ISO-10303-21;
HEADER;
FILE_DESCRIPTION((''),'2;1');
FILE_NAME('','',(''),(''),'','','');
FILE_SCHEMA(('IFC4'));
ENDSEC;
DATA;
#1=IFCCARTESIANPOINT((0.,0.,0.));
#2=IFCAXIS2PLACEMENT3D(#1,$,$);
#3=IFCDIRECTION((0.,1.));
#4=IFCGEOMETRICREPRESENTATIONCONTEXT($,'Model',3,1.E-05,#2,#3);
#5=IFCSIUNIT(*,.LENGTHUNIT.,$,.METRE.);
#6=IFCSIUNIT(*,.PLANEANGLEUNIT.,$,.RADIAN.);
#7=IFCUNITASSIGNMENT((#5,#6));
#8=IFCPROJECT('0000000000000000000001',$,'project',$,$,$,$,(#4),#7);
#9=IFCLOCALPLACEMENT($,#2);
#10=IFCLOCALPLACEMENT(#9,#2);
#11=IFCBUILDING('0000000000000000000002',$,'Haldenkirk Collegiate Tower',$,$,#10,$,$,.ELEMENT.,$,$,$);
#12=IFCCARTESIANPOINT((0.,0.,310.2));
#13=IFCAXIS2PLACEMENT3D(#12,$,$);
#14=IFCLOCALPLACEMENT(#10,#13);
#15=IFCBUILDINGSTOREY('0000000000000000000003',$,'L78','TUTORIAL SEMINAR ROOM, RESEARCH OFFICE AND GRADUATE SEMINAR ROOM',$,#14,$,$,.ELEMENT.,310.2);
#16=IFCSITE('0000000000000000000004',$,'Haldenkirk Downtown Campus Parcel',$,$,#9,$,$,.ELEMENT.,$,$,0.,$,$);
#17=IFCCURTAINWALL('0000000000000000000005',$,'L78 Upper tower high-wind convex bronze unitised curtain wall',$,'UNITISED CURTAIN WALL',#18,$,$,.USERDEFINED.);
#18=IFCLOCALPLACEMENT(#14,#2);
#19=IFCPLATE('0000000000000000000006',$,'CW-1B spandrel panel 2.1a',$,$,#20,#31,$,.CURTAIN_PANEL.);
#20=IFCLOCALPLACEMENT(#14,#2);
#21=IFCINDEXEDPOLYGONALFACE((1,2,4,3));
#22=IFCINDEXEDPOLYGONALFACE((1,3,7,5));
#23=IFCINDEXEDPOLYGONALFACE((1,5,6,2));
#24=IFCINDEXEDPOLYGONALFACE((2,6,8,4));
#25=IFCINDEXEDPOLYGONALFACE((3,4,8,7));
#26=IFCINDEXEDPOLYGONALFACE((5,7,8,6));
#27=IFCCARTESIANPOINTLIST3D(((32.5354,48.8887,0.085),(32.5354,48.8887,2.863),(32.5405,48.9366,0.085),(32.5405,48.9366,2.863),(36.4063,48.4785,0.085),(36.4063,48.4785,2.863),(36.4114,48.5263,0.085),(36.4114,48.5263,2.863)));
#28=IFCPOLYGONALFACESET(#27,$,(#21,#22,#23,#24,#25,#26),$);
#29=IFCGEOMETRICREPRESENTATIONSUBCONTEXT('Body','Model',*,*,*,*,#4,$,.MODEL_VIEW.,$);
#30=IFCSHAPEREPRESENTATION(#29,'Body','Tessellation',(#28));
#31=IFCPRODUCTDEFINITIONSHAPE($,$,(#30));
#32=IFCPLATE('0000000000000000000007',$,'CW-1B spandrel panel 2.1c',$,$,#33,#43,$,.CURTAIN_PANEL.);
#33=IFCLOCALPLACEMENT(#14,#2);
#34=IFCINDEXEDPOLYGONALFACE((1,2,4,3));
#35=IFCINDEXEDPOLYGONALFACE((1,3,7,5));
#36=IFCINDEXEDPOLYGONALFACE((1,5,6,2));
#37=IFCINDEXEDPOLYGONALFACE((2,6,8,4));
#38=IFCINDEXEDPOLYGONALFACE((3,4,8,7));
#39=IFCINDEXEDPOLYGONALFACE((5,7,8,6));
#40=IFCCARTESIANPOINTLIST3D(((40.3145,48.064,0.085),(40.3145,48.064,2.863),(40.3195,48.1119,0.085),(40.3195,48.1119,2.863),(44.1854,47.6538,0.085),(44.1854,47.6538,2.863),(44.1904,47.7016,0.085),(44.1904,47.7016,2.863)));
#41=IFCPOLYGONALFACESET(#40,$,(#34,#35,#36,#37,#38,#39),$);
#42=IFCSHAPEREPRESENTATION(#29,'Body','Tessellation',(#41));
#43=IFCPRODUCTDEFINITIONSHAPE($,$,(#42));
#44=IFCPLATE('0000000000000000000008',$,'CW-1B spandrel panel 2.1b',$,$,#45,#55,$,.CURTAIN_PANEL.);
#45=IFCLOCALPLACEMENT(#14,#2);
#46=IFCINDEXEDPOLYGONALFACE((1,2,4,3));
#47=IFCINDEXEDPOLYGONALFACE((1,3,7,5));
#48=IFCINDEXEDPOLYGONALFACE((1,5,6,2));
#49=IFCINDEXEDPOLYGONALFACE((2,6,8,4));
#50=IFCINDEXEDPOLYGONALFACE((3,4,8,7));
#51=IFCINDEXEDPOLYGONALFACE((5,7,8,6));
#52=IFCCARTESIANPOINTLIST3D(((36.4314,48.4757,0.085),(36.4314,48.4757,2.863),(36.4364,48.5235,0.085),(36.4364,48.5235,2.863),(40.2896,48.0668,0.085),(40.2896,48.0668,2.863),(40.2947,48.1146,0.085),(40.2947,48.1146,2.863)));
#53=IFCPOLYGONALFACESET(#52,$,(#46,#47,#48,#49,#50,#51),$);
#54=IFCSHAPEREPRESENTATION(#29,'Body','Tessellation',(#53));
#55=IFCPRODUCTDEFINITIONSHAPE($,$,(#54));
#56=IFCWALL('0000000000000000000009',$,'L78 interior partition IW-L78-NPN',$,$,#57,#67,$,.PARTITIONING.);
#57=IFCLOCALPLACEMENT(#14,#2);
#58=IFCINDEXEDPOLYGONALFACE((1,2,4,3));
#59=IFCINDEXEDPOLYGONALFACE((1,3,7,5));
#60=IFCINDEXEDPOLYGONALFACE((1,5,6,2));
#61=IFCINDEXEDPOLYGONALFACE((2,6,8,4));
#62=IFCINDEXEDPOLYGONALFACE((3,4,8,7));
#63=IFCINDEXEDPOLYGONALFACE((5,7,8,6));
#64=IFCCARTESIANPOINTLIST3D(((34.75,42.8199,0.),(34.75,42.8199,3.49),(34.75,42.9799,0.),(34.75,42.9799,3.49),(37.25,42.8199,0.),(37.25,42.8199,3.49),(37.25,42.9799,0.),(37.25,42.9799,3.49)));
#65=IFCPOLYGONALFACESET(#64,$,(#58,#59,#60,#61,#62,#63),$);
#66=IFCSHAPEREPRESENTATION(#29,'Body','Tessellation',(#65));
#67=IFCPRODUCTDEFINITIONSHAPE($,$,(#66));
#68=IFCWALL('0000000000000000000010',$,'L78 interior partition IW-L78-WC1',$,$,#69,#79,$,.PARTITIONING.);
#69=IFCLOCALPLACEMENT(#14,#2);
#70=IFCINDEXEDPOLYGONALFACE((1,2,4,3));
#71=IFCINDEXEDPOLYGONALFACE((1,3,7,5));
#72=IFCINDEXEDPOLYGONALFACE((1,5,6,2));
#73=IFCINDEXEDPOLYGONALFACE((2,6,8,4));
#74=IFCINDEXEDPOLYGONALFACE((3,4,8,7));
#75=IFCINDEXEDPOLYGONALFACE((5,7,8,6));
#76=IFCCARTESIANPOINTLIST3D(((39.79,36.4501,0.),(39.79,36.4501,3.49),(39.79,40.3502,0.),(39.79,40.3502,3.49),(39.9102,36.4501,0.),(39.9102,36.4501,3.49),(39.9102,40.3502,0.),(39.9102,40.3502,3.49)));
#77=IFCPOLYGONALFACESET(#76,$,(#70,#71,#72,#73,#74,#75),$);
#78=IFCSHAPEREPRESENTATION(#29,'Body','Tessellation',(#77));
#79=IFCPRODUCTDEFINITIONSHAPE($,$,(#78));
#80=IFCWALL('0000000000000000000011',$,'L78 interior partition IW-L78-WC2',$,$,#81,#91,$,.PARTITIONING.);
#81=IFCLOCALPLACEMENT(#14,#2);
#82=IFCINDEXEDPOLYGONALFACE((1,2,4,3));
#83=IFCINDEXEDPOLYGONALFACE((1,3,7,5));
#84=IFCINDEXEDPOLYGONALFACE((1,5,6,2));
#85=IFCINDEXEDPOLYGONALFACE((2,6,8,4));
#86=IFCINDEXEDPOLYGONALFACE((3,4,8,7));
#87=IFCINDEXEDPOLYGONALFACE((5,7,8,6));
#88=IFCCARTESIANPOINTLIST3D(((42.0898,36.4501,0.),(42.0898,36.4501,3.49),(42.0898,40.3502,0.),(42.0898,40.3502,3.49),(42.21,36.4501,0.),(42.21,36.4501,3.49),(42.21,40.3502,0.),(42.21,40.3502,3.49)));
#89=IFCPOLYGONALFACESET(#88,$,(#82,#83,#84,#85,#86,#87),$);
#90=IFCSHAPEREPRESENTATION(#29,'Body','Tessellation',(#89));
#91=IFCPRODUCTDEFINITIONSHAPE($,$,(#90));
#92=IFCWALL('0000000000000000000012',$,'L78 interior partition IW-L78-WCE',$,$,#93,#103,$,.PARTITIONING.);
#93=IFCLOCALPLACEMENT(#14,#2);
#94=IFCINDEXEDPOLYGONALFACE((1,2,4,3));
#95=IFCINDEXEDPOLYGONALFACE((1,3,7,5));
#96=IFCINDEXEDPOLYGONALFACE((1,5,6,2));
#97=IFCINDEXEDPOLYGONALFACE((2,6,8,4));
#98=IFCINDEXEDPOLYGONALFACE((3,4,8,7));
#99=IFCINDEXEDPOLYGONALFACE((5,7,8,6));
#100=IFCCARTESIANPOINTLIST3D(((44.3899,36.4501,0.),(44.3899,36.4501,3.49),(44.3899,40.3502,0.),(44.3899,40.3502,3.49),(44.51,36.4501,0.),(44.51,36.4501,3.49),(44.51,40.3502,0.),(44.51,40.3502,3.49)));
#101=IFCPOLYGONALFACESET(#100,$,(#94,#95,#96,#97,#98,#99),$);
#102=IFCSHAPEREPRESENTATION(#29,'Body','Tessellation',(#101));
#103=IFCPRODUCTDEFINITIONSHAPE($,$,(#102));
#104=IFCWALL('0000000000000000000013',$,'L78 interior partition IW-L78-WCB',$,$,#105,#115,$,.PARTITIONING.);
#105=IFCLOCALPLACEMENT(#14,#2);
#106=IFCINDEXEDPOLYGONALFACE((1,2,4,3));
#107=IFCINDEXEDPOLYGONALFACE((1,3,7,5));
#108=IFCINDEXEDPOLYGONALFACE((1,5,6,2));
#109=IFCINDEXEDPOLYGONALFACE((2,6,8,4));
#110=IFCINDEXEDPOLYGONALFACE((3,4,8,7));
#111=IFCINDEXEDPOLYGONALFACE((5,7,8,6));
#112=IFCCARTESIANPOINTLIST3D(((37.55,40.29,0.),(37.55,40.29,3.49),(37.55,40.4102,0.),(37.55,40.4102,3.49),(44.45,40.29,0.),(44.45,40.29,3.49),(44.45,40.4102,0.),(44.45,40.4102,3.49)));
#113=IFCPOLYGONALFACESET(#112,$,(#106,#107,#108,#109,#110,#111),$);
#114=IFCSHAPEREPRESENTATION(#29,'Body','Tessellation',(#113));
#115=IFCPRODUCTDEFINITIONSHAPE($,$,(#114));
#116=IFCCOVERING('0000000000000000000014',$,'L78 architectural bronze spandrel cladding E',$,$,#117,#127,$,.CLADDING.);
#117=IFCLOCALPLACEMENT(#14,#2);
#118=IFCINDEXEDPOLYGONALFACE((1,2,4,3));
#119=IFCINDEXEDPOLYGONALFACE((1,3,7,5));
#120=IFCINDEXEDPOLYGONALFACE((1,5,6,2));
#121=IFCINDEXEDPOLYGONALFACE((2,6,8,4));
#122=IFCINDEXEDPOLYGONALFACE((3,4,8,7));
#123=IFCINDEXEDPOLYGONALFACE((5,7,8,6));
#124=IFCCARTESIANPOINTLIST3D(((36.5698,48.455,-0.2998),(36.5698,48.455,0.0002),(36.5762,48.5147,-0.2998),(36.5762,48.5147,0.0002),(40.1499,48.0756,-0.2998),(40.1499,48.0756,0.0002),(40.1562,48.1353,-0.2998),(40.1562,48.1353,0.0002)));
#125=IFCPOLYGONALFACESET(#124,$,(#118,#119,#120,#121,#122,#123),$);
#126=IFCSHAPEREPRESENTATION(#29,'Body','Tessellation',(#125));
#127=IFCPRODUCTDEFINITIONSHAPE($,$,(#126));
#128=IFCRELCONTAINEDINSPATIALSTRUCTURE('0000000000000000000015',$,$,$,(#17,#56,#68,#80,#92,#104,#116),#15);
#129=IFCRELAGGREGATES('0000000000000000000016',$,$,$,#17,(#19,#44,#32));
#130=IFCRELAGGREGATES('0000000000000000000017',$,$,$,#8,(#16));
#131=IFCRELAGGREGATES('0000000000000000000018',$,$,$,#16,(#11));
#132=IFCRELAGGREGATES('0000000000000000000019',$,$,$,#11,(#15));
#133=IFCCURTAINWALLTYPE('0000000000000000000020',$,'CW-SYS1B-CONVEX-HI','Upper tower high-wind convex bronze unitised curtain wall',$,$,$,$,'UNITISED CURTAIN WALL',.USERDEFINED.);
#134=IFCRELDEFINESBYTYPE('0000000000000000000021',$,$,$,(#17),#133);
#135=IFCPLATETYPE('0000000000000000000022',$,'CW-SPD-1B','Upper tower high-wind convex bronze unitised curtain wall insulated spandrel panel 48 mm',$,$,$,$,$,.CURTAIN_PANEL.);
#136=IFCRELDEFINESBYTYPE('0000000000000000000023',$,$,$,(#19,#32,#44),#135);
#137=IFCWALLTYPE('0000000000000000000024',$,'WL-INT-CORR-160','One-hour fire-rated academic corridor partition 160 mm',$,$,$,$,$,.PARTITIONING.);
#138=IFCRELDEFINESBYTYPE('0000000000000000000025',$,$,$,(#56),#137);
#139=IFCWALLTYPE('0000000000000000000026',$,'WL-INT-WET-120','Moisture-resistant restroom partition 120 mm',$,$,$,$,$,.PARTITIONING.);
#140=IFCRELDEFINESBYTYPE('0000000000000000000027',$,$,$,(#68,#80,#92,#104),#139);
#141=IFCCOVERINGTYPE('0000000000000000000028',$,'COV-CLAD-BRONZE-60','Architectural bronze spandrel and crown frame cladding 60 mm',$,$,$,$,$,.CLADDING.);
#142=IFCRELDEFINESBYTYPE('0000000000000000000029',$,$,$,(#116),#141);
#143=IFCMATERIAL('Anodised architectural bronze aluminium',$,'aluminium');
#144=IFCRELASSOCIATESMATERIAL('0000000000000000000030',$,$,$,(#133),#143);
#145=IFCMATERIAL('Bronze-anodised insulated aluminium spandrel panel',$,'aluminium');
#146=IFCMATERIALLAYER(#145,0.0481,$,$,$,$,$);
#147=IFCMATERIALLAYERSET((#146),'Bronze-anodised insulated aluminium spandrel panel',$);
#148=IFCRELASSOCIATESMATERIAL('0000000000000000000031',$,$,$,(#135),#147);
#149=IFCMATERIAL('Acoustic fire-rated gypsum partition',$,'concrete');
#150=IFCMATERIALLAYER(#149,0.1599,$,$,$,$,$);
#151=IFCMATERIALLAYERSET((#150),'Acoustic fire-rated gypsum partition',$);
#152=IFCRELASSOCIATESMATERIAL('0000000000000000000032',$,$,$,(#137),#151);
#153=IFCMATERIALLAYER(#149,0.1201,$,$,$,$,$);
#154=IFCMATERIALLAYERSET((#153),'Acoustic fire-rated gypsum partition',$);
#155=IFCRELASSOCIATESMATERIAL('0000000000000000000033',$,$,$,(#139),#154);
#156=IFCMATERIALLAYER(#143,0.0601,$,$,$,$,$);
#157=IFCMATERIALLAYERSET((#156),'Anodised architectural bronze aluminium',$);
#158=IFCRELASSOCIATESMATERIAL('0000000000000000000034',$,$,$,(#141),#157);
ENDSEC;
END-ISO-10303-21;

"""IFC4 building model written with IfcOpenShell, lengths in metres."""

from ifc_helpers import new_model, si_unit, direction, frame, frame_2d, origin, origin_2d, place, context, subcontext, project, spatial, rectangle, extrude, source, transform, mapped, material, layer, layer_set, type_object, element, aggregate, save


model = new_model("IFC4")

# Units and contexts
model_context = context("Model", 3, precision=1e-05, world=origin(), true_north=direction((0.0, 1.0)))
body_context = subcontext(model_context, "Body", "Model", "MODEL_VIEW")
ifc_project = project(units=[si_unit("LENGTHUNIT", "METRE"), si_unit("PLANEANGLEUNIT", "RADIAN")], contexts=[model_context])

# Site, building, storey
site_placement = place(None, origin())
site = spatial("IfcSite", under=ifc_project, at=site_placement, Name="Haldenkirk Downtown Campus Parcel", CompositionType="ELEMENT", RefElevation=0.0)
building_placement = place(site_placement, origin())
building = spatial("IfcBuilding", under=site, at=building_placement, Name="Haldenkirk Collegiate Tower", CompositionType="ELEMENT")
storey_placement = place(building_placement, frame((0.0, 0.0, 310.2)))
storey = spatial("IfcBuildingStorey", under=building, at=storey_placement, Name="L78", Description="TUTORIAL SEMINAR ROOM, RESEARCH OFFICE AND GRADUATE SEMINAR ROOM", CompositionType="ELEMENT", Elevation=310.2)

# Curtain wall
ifc_material_1 = material(Name="Anodised architectural bronze aluminium", Category="aluminium")
curtain_wall_type = type_object("IfcCurtainWallType", Name="CW-SYS1B-CONVEX-HI", Description="Upper tower high-wind convex bronze unitised curtain wall", ElementType="UNITISED CURTAIN WALL", PredefinedType="USERDEFINED", material=ifc_material_1)
curtain_wall_placement = place(storey_placement, origin())
curtain_wall = element("IfcCurtainWall", 1, at=curtain_wall_placement, inside=storey, type_object=curtain_wall_type, Name="L78 Upper tower high-wind convex bronze unitised curtain wall", ObjectType="UNITISED CURTAIN WALL", PredefinedType="USERDEFINED")

# Plates
ifc_material_2 = material(Name="Bronze-anodised insulated aluminium spandrel panel", Category="aluminium")
ifc_layer_1 = layer(ifc_material_2, 0.0481)
ifc_layer_set_1 = layer_set([ifc_layer_1], Name="Bronze-anodised insulated aluminium spandrel panel")
plate_type = type_object("IfcPlateType", Name="CW-SPD-1B", Description="Upper tower high-wind convex bronze unitised curtain wall insulated spandrel panel 48 mm", PredefinedType="CURTAIN_PANEL", material=ifc_layer_set_1)
shared_shape_1 = source(origin(), body_context, "Body", "SweptSolid", [
    extrude(rectangle(XDim=3.8926, YDim=0.0481, at=origin_2d()), origin(), (0.0, 0.0, 1.0), 2.7781),
])
plate_1_placement = place(storey_placement, frame((34.4734, 48.7075, 0.085), z_axis=(0.0, 0.0, 1.0), x_axis=(0.994431, -0.105393, 0.0)))
plate_1 = element("IfcPlate", 2, at=plate_1_placement, type_object=plate_type, Name="CW-1B spandrel panel 2.1a", PredefinedType="CURTAIN_PANEL", context=body_context, shape_type="MappedRepresentation", body=[
    mapped(shared_shape_1, transform((0.0, 0.0, 0.0), x_axis=(1.0, 0.0, 0.0), y_axis=(0.0, 1.0, 0.0), z_axis=(0.0, 0.0, 1.0), scale=1.0)),
])
plate_2_placement = place(storey_placement, frame((42.2524, 47.8828, 0.085), z_axis=(0.0, 0.0, 1.0), x_axis=(0.994431, -0.105393, 0.0)))
plate_2 = element("IfcPlate", 3, at=plate_2_placement, type_object=plate_type, Name="CW-1B spandrel panel 2.1c", PredefinedType="CURTAIN_PANEL", context=body_context, shape_type="MappedRepresentation", body=[
    mapped(shared_shape_1, transform((0.0, 0.0, 0.0), x_axis=(1.0, 0.0, 0.0), y_axis=(0.0, 1.0, 0.0), z_axis=(0.0, 0.0, 1.0), scale=1.0)),
])
shared_shape_2 = source(origin(), body_context, "Body", "SweptSolid", [
    extrude(rectangle(XDim=3.8799, YDim=0.0481, at=origin_2d()), origin(), (0.0, 0.0, 1.0), 2.7781),
])
plate_3_placement = place(storey_placement, frame((38.363, 48.2952, 0.085), z_axis=(0.0, 0.0, 1.0), x_axis=(0.994431, -0.105393, 0.0)))
plate_3 = element("IfcPlate", 4, at=plate_3_placement, type_object=plate_type, Name="CW-1B spandrel panel 2.1b", PredefinedType="CURTAIN_PANEL", context=body_context, shape_type="MappedRepresentation", body=[
    mapped(shared_shape_2, transform((0.0, 0.0, 0.0), x_axis=(1.0, 0.0, 0.0), y_axis=(0.0, 1.0, 0.0), z_axis=(0.0, 0.0, 1.0), scale=1.0)),
])
aggregate(curtain_wall, [plate_1, plate_3, plate_2])

# Walls
ifc_material_3 = material(Name="Acoustic fire-rated gypsum partition", Category="concrete")
ifc_layer_2 = layer(ifc_material_3, 0.1599)
ifc_layer_set_2 = layer_set([ifc_layer_2], Name="Acoustic fire-rated gypsum partition")
wall_type_1 = type_object("IfcWallType", Name="WL-INT-CORR-160", Description="One-hour fire-rated academic corridor partition 160 mm", PredefinedType="PARTITIONING", material=ifc_layer_set_2)
wall_1_placement = place(storey_placement, frame((34.75, 42.8999, 0.0), z_axis=(0.0, 0.0, 1.0), x_axis=(1.0, 0.0, 0.0)))
element("IfcWall", 5, at=wall_1_placement, inside=storey, type_object=wall_type_1, Name="L78 interior partition IW-L78-NPN", PredefinedType="PARTITIONING", context=body_context, shape_type="SweptSolid", body=[
    extrude(rectangle(XDim=2.5, YDim=0.1599, at=frame_2d((1.25, 0.0))), origin(), (0.0, 0.0, 1.0), 3.49),
])
ifc_layer_3 = layer(ifc_material_3, 0.1201)
ifc_layer_set_3 = layer_set([ifc_layer_3], Name="Acoustic fire-rated gypsum partition")
wall_type_2 = type_object("IfcWallType", Name="WL-INT-WET-120", Description="Moisture-resistant restroom partition 120 mm", PredefinedType="PARTITIONING", material=ifc_layer_set_3)
for number, where, z_axis, x_axis, name in (
    (6, (39.8501, 36.45, 0.0), (0.0, 0.0, 1.0), (0.0, 1.0, 0.0), "L78 interior partition IW-L78-WC1"),
    (7, (42.1499, 36.45, 0.0), (0.0, 0.0, 1.0), (0.0, 1.0, 0.0), "L78 interior partition IW-L78-WC2"),
    (8, (44.45, 36.45, 0.0), (0.0, 0.0, 1.0), (0.0, 1.0, 0.0), "L78 interior partition IW-L78-WCE"),
):
    element("IfcWall", number, at=place(storey_placement, frame(where, z_axis=z_axis, x_axis=x_axis)), inside=storey, type_object=wall_type_2, Name=name, PredefinedType="PARTITIONING", context=body_context, shape_type="SweptSolid", body=[
        extrude(rectangle(XDim=3.9001, YDim=0.1201, at=frame_2d((1.9502, 0.0))), origin(), (0.0, 0.0, 1.0), 3.49),
    ])
wall_2_placement = place(storey_placement, frame((37.55, 40.3501, 0.0), z_axis=(0.0, 0.0, 1.0), x_axis=(1.0, 0.0, 0.0)))
element("IfcWall", 9, at=wall_2_placement, inside=storey, type_object=wall_type_2, Name="L78 interior partition IW-L78-WCB", PredefinedType="PARTITIONING", context=body_context, shape_type="SweptSolid", body=[
    extrude(rectangle(XDim=6.8999, YDim=0.1201, at=frame_2d((3.45, 0.0))), origin(), (0.0, 0.0, 1.0), 3.49),
])

# Covering
ifc_layer_4 = layer(ifc_material_1, 0.0601)
ifc_layer_set_4 = layer_set([ifc_layer_4], Name="Anodised architectural bronze aluminium")
covering_type = type_object("IfcCoveringType", Name="COV-CLAD-BRONZE-60", Description="Architectural bronze spandrel and crown frame cladding 60 mm", PredefinedType="CLADDING", material=ifc_layer_set_4)
shared_shape_3 = source(origin(), body_context, "Body", "SweptSolid", [
    extrude(rectangle(XDim=3.6001, YDim=0.0601, at=origin_2d()), origin(), (0.0, 0.0, 1.0), 0.3),
])
covering_placement = place(storey_placement, frame((38.363, 48.2952, -0.2998), z_axis=(0.0, 0.0, 1.0), x_axis=(0.99443, -0.105396, 0.0)))
element("IfcCovering", 10, at=covering_placement, inside=storey, type_object=covering_type, Name="L78 architectural bronze spandrel cladding E", PredefinedType="CLADDING", context=body_context, shape_type="MappedRepresentation", body=[
    mapped(shared_shape_3, transform((0.0, 0.0, 0.0), x_axis=(1.0, 0.0, 0.0), y_axis=(0.0, 1.0, 0.0), z_axis=(0.0, 0.0, 1.0), scale=1.0)),
])

save(model, "model.ifc")
